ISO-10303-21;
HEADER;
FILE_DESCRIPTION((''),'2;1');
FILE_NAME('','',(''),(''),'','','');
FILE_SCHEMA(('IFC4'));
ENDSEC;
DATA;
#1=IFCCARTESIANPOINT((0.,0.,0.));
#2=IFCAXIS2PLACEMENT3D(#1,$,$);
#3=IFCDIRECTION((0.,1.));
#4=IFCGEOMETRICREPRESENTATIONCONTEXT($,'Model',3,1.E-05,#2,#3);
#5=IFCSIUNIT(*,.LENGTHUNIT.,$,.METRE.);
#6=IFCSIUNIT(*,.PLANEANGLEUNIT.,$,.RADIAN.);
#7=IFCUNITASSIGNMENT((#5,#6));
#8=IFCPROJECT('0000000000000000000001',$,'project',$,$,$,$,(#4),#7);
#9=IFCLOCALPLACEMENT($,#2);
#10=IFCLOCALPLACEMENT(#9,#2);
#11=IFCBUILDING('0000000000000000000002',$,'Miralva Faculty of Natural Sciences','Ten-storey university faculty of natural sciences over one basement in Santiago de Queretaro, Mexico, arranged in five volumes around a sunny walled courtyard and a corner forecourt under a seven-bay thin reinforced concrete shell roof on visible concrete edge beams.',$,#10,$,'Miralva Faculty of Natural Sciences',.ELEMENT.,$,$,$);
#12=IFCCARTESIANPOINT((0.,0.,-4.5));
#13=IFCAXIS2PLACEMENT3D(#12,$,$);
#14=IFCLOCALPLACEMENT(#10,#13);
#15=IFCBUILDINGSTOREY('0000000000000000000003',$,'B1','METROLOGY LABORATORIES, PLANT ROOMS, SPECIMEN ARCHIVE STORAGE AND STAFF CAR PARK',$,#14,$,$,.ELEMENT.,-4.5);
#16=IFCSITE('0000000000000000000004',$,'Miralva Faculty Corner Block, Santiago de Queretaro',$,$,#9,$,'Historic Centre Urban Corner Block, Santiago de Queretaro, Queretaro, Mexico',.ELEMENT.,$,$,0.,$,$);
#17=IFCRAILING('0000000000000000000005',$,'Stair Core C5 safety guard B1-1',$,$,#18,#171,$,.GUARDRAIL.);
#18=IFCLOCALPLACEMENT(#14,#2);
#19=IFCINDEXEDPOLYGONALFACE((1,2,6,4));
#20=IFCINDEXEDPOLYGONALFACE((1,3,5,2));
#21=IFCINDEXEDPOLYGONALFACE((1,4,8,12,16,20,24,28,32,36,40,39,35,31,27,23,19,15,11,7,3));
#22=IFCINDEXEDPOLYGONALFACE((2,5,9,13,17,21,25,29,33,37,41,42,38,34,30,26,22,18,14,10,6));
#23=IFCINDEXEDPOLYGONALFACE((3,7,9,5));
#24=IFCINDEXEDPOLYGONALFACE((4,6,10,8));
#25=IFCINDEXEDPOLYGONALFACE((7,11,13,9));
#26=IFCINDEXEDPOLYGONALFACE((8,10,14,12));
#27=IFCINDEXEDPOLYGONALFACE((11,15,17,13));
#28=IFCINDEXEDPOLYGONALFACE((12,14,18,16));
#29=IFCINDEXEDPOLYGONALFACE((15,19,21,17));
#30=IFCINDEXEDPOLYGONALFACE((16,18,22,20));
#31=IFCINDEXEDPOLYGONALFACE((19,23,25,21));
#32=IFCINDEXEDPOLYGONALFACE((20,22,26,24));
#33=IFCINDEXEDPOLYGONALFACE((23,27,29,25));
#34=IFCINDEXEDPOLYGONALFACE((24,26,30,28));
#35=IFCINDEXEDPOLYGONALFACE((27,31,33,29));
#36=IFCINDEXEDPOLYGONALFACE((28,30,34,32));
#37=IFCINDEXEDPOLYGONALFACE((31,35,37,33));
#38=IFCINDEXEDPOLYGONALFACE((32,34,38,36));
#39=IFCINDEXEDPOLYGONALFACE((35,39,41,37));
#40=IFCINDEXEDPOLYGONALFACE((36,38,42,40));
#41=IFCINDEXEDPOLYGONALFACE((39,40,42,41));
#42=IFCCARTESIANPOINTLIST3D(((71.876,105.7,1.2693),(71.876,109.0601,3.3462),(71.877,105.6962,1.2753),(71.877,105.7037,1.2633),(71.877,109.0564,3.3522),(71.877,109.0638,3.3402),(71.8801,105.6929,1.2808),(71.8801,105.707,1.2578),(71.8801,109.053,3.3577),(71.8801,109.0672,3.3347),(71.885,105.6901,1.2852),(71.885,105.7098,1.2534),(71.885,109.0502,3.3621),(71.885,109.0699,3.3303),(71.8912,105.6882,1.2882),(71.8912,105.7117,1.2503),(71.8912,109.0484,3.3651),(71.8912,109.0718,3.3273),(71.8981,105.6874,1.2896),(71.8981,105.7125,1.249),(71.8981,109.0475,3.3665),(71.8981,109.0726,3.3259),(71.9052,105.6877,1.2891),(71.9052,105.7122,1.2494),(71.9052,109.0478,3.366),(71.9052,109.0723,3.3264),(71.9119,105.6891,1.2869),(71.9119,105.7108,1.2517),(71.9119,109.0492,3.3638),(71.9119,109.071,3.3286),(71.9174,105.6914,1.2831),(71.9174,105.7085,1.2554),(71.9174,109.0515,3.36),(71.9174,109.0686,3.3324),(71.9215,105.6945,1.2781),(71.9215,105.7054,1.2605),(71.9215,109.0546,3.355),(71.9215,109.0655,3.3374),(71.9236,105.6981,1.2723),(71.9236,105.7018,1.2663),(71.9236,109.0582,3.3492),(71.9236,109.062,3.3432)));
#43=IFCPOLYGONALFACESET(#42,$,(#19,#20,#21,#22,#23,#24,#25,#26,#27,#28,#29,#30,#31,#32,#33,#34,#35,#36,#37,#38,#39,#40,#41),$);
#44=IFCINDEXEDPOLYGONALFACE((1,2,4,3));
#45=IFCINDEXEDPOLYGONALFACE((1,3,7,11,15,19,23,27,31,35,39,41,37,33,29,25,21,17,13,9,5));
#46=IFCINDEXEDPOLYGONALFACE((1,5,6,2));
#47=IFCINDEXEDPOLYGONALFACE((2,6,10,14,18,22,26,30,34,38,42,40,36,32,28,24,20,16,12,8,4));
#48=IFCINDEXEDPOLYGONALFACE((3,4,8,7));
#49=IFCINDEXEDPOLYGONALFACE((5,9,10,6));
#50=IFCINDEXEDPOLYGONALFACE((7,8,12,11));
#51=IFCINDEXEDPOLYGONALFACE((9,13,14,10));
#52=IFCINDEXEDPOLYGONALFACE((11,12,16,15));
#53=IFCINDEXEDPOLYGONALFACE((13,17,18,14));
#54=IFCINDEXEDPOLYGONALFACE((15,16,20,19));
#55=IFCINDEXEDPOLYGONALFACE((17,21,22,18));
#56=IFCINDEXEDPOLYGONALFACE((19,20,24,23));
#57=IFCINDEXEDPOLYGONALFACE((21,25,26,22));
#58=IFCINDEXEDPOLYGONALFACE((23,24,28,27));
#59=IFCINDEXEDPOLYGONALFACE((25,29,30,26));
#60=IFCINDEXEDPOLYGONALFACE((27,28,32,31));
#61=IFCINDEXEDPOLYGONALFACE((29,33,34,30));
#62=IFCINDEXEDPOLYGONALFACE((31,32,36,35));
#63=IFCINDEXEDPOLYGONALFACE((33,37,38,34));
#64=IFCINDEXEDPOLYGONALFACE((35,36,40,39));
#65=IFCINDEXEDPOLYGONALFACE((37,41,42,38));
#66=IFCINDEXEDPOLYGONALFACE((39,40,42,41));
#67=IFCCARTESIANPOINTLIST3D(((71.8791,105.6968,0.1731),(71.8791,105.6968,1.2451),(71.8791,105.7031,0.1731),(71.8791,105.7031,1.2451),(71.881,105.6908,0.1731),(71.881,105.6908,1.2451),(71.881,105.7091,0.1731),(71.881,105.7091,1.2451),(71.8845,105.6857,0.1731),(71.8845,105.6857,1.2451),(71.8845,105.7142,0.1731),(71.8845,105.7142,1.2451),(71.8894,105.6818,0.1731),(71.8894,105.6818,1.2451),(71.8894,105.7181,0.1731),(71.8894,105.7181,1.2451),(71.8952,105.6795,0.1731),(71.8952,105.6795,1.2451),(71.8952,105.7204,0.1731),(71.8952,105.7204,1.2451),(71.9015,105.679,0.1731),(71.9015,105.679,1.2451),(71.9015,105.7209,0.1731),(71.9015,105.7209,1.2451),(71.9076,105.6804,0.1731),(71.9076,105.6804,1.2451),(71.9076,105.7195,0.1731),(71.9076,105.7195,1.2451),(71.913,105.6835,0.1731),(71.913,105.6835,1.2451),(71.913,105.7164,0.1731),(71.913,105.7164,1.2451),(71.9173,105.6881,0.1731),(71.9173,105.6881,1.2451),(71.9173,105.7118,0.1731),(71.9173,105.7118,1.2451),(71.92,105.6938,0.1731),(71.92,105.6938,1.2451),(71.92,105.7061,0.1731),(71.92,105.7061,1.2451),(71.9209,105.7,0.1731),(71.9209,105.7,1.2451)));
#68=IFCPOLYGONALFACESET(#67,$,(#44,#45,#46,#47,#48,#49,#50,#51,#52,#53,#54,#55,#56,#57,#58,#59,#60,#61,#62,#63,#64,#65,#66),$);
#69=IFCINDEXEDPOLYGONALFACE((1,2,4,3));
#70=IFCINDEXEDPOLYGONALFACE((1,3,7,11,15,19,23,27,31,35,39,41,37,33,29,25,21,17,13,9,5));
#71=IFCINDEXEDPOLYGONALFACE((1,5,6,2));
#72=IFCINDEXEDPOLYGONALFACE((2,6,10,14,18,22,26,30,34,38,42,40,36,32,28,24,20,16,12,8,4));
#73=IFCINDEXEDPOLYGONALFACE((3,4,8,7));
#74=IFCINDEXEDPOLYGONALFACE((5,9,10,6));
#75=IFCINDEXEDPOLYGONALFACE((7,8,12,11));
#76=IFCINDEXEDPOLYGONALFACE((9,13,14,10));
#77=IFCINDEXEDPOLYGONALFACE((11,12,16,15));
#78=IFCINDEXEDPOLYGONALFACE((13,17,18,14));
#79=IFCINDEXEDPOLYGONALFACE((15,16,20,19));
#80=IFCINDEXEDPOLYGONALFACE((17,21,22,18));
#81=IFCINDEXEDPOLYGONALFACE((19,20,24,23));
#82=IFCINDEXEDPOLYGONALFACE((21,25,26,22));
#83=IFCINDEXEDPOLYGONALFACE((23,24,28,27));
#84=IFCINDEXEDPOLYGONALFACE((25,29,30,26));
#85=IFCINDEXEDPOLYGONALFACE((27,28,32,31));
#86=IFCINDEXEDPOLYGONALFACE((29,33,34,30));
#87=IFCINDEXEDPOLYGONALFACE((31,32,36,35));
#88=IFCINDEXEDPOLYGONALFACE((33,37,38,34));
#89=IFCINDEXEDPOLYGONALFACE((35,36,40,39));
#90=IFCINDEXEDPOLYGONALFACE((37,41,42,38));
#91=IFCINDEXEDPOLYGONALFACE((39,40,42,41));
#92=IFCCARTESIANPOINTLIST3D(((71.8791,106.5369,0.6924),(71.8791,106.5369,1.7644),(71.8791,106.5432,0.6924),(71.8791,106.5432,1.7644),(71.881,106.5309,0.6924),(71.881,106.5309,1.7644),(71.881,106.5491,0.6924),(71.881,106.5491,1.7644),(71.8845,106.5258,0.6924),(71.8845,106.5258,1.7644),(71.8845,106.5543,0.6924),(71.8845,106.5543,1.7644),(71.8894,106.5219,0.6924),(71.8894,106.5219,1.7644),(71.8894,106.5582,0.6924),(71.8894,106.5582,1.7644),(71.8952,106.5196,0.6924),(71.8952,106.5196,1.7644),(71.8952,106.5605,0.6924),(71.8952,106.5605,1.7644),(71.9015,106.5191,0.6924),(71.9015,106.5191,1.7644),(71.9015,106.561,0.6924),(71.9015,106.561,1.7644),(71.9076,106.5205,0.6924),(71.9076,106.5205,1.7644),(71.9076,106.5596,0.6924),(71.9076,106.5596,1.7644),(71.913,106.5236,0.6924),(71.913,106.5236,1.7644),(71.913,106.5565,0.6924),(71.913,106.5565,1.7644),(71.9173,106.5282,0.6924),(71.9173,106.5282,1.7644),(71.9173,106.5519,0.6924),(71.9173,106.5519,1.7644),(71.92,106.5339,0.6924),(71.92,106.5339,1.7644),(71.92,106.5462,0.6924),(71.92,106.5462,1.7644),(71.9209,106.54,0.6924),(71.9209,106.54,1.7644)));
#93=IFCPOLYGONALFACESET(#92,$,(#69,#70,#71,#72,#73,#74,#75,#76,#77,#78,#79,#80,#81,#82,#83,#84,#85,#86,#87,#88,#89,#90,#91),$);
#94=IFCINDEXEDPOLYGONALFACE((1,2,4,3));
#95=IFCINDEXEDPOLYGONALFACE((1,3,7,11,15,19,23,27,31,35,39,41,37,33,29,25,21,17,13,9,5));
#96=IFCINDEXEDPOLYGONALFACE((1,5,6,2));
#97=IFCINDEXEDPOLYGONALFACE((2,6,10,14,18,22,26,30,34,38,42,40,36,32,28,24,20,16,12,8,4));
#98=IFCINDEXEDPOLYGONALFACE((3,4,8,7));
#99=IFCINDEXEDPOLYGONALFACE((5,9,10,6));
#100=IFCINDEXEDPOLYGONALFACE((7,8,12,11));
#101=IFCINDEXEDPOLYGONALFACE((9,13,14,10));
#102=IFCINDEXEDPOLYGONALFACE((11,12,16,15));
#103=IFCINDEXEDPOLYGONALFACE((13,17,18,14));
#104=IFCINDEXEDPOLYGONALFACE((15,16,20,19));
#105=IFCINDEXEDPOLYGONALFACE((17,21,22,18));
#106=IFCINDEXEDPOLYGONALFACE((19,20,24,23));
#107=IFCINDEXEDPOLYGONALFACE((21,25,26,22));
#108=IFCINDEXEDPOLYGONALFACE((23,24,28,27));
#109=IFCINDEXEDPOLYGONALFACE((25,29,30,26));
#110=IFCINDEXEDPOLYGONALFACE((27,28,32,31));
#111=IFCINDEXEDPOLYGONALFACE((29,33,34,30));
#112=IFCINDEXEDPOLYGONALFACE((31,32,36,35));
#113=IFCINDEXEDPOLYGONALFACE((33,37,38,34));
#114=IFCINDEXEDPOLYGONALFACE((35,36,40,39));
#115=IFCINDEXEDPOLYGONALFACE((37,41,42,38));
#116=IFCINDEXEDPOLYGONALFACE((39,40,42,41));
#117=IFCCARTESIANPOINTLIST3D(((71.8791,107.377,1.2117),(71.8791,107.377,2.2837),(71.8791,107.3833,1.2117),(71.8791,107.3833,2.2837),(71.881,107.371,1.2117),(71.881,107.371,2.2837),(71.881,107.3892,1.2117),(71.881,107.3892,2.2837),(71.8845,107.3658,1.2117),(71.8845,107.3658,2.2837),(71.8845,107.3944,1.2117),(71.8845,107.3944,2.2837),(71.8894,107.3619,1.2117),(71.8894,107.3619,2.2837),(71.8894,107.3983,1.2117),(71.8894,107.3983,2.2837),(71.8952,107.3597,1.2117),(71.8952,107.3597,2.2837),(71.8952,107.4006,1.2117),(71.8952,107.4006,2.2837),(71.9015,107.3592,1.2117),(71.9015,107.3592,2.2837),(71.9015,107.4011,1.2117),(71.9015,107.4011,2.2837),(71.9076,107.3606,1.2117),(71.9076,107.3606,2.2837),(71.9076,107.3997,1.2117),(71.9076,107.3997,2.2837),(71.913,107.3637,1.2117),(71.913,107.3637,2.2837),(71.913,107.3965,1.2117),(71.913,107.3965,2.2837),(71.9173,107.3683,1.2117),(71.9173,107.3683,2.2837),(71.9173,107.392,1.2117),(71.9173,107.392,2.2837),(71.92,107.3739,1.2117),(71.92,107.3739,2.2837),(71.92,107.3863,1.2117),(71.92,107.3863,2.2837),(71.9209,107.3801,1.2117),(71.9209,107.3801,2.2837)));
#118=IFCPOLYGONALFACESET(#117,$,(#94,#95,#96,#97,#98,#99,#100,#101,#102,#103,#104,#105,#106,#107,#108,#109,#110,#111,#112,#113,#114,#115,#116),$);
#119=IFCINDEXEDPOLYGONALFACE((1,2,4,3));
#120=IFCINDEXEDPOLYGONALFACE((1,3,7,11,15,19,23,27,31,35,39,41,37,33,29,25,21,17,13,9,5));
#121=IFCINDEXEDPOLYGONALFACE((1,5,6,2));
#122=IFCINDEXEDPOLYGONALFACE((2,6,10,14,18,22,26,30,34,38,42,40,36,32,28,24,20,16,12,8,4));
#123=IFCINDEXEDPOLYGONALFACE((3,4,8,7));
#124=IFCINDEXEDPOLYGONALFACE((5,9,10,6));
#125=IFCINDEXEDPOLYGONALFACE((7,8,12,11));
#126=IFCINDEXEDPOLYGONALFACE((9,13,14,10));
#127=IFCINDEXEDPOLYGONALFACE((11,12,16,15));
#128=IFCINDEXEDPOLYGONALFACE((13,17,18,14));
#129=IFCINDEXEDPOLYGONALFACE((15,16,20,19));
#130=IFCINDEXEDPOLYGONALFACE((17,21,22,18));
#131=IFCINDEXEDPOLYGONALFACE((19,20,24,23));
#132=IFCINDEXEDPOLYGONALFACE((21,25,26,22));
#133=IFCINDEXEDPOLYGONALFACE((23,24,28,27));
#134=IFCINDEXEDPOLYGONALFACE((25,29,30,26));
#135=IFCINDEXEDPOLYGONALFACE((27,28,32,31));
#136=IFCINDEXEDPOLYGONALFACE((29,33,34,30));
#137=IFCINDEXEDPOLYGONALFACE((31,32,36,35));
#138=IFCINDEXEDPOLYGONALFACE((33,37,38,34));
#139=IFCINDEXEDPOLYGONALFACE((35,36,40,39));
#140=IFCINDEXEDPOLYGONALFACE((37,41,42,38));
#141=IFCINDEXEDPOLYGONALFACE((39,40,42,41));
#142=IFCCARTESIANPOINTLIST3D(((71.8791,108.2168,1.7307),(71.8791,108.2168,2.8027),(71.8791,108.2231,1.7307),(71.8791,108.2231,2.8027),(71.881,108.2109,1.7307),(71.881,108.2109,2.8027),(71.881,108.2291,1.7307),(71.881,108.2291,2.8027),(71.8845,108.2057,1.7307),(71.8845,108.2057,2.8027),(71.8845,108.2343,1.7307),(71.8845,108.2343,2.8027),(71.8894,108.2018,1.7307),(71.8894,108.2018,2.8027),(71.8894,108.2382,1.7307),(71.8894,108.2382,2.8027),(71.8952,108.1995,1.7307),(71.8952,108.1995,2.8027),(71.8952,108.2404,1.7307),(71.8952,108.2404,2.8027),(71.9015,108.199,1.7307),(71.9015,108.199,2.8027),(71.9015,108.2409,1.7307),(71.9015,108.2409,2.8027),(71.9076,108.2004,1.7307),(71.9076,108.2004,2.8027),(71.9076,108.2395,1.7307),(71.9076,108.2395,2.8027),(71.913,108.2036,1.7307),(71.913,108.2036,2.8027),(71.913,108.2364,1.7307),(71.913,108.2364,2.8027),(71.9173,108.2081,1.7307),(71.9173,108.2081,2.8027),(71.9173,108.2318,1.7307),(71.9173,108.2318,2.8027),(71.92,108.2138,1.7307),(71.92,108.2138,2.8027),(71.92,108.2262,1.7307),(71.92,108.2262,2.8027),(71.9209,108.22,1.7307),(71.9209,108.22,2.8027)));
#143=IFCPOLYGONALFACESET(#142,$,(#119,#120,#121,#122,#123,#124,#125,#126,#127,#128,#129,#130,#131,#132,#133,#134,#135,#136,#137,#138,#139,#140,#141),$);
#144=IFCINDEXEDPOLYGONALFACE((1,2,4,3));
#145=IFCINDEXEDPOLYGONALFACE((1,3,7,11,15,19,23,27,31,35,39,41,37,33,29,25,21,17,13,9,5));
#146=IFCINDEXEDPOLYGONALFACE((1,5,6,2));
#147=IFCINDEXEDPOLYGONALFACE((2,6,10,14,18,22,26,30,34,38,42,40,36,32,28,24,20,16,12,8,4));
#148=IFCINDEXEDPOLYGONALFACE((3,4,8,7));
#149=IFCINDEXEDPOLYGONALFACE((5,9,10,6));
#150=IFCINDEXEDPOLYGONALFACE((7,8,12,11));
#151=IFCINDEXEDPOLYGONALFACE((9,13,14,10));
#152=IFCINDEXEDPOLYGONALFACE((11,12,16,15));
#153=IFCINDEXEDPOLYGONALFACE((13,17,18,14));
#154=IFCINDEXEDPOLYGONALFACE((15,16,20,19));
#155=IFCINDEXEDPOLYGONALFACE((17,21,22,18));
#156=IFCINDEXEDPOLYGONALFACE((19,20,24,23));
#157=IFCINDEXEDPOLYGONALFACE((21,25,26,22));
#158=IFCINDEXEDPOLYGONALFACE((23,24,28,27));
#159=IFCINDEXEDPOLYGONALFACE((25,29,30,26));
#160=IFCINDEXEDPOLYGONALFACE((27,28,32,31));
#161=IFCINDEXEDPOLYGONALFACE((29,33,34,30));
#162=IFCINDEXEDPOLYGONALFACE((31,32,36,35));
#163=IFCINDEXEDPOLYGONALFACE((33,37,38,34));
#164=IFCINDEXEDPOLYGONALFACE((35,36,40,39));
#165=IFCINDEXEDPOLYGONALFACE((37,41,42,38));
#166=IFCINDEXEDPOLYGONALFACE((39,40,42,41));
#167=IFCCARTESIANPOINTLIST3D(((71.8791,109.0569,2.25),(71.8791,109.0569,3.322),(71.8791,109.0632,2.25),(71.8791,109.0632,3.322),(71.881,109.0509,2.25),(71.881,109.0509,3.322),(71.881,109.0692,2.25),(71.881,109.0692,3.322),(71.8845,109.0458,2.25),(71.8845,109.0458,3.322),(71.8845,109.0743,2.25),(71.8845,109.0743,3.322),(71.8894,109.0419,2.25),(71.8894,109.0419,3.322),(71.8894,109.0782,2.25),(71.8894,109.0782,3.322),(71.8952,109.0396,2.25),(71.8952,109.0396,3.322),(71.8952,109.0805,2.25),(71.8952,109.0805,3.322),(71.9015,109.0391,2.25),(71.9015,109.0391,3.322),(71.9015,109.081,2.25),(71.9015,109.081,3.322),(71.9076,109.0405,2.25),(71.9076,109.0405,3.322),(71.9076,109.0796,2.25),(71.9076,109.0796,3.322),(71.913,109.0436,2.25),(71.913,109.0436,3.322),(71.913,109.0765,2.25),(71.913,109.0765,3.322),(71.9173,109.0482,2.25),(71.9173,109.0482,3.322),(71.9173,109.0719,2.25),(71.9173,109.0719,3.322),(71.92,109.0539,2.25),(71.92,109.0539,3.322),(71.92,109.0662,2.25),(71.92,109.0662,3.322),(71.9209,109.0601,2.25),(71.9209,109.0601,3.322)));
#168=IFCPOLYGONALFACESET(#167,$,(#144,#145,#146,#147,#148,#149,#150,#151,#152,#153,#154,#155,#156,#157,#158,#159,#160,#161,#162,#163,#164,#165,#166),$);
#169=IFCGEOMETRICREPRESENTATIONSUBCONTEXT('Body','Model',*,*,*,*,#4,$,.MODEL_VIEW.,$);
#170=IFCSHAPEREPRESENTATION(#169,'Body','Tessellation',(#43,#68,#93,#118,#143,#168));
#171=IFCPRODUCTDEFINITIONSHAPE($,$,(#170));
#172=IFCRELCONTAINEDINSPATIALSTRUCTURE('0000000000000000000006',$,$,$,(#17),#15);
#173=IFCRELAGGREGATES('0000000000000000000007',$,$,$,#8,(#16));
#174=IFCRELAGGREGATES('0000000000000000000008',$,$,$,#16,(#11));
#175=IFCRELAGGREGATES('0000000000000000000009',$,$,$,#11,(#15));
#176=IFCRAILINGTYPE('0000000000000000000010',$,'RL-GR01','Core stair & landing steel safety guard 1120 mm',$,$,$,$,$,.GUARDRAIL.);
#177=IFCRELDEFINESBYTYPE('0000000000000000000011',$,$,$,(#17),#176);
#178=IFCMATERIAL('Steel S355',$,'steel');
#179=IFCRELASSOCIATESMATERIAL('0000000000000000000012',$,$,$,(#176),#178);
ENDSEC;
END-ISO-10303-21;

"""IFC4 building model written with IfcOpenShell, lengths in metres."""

from ifc_helpers import new_model, si_unit, direction, frame, origin, origin_2d, place, context, subcontext, project, spatial, circle, extrude, material, type_object, element, save


model = new_model("IFC4")

# Units and contexts
model_context = context("Model", 3, precision=1e-05, world=origin(), true_north=direction((0.0, 1.0)))
body_context = subcontext(model_context, "Body", "Model", "MODEL_VIEW")
ifc_project = project(units=[si_unit("LENGTHUNIT", "METRE"), si_unit("PLANEANGLEUNIT", "RADIAN")], contexts=[model_context])

# Site, building, storey
site_placement = place(None, origin())
site = spatial("IfcSite", under=ifc_project, at=site_placement, Name="Miralva Faculty Corner Block, Santiago de Queretaro", LongName="Historic Centre Urban Corner Block, Santiago de Queretaro, Queretaro, Mexico", CompositionType="ELEMENT", RefElevation=0.0)
building_placement = place(site_placement, origin())
building = spatial("IfcBuilding", under=site, at=building_placement, Name="Miralva Faculty of Natural Sciences", Description="Ten-storey university faculty of natural sciences over one basement in Santiago de Queretaro, Mexico, arranged in five volumes around a sunny walled courtyard and a corner forecourt under a seven-bay thin reinforced concrete shell roof on visible concrete edge beams.", LongName="Miralva Faculty of Natural Sciences", CompositionType="ELEMENT")
storey_placement = place(building_placement, frame((0.0, 0.0, -4.5)))
storey = spatial("IfcBuildingStorey", under=building, at=storey_placement, Name="B1", Description="METROLOGY LABORATORIES, PLANT ROOMS, SPECIMEN ARCHIVE STORAGE AND STAFF CAR PARK", CompositionType="ELEMENT", Elevation=-4.5)

# Railing
ifc_material_1 = material(Name="Steel S355", Category="steel")
railing_type_1 = type_object("IfcRailingType", Name="RL-GR01", Description="Core stair & landing steel safety guard 1120 mm", PredefinedType="GUARDRAIL", material=ifc_material_1)
railing_1_placement = place(storey_placement, frame((71.8999, 105.7, 0.1731)))
element("IfcRailing", 1, at=railing_1_placement, inside=storey, type_object=railing_type_1, Name="Stair Core C5 safety guard B1-1", PredefinedType="GUARDRAIL", context=body_context, shape_type="SweptSolid", body=[
    extrude(circle(Radius=0.0239, at=origin_2d()), frame((0.0, 0.0, 1.0962), z_axis=(0.0, 0.850623, 0.525776), x_axis=(-1.0, 0.0, 0.0)), (0.0, 0.0, 1.0), 3.9502),
    extrude(circle(Radius=0.021, at=origin_2d()), origin(), (0.0, 0.0, 1.0), 1.072),
    extrude(circle(Radius=0.021, at=origin_2d()), frame((0.0, 0.8401, 0.5193)), (0.0, 0.0, 1.0), 1.072),
    extrude(circle(Radius=0.021, at=origin_2d()), frame((0.0, 1.6802, 1.0386)), (0.0, 0.0, 1.0), 1.072),
    extrude(circle(Radius=0.021, at=origin_2d()), frame((0.0, 2.52, 1.5576)), (0.0, 0.0, 1.0), 1.072),
    extrude(circle(Radius=0.021, at=origin_2d()), frame((0.0, 3.3601, 2.0769)), (0.0, 0.0, 1.0), 1.072),
])

save(model, "model.ifc")
